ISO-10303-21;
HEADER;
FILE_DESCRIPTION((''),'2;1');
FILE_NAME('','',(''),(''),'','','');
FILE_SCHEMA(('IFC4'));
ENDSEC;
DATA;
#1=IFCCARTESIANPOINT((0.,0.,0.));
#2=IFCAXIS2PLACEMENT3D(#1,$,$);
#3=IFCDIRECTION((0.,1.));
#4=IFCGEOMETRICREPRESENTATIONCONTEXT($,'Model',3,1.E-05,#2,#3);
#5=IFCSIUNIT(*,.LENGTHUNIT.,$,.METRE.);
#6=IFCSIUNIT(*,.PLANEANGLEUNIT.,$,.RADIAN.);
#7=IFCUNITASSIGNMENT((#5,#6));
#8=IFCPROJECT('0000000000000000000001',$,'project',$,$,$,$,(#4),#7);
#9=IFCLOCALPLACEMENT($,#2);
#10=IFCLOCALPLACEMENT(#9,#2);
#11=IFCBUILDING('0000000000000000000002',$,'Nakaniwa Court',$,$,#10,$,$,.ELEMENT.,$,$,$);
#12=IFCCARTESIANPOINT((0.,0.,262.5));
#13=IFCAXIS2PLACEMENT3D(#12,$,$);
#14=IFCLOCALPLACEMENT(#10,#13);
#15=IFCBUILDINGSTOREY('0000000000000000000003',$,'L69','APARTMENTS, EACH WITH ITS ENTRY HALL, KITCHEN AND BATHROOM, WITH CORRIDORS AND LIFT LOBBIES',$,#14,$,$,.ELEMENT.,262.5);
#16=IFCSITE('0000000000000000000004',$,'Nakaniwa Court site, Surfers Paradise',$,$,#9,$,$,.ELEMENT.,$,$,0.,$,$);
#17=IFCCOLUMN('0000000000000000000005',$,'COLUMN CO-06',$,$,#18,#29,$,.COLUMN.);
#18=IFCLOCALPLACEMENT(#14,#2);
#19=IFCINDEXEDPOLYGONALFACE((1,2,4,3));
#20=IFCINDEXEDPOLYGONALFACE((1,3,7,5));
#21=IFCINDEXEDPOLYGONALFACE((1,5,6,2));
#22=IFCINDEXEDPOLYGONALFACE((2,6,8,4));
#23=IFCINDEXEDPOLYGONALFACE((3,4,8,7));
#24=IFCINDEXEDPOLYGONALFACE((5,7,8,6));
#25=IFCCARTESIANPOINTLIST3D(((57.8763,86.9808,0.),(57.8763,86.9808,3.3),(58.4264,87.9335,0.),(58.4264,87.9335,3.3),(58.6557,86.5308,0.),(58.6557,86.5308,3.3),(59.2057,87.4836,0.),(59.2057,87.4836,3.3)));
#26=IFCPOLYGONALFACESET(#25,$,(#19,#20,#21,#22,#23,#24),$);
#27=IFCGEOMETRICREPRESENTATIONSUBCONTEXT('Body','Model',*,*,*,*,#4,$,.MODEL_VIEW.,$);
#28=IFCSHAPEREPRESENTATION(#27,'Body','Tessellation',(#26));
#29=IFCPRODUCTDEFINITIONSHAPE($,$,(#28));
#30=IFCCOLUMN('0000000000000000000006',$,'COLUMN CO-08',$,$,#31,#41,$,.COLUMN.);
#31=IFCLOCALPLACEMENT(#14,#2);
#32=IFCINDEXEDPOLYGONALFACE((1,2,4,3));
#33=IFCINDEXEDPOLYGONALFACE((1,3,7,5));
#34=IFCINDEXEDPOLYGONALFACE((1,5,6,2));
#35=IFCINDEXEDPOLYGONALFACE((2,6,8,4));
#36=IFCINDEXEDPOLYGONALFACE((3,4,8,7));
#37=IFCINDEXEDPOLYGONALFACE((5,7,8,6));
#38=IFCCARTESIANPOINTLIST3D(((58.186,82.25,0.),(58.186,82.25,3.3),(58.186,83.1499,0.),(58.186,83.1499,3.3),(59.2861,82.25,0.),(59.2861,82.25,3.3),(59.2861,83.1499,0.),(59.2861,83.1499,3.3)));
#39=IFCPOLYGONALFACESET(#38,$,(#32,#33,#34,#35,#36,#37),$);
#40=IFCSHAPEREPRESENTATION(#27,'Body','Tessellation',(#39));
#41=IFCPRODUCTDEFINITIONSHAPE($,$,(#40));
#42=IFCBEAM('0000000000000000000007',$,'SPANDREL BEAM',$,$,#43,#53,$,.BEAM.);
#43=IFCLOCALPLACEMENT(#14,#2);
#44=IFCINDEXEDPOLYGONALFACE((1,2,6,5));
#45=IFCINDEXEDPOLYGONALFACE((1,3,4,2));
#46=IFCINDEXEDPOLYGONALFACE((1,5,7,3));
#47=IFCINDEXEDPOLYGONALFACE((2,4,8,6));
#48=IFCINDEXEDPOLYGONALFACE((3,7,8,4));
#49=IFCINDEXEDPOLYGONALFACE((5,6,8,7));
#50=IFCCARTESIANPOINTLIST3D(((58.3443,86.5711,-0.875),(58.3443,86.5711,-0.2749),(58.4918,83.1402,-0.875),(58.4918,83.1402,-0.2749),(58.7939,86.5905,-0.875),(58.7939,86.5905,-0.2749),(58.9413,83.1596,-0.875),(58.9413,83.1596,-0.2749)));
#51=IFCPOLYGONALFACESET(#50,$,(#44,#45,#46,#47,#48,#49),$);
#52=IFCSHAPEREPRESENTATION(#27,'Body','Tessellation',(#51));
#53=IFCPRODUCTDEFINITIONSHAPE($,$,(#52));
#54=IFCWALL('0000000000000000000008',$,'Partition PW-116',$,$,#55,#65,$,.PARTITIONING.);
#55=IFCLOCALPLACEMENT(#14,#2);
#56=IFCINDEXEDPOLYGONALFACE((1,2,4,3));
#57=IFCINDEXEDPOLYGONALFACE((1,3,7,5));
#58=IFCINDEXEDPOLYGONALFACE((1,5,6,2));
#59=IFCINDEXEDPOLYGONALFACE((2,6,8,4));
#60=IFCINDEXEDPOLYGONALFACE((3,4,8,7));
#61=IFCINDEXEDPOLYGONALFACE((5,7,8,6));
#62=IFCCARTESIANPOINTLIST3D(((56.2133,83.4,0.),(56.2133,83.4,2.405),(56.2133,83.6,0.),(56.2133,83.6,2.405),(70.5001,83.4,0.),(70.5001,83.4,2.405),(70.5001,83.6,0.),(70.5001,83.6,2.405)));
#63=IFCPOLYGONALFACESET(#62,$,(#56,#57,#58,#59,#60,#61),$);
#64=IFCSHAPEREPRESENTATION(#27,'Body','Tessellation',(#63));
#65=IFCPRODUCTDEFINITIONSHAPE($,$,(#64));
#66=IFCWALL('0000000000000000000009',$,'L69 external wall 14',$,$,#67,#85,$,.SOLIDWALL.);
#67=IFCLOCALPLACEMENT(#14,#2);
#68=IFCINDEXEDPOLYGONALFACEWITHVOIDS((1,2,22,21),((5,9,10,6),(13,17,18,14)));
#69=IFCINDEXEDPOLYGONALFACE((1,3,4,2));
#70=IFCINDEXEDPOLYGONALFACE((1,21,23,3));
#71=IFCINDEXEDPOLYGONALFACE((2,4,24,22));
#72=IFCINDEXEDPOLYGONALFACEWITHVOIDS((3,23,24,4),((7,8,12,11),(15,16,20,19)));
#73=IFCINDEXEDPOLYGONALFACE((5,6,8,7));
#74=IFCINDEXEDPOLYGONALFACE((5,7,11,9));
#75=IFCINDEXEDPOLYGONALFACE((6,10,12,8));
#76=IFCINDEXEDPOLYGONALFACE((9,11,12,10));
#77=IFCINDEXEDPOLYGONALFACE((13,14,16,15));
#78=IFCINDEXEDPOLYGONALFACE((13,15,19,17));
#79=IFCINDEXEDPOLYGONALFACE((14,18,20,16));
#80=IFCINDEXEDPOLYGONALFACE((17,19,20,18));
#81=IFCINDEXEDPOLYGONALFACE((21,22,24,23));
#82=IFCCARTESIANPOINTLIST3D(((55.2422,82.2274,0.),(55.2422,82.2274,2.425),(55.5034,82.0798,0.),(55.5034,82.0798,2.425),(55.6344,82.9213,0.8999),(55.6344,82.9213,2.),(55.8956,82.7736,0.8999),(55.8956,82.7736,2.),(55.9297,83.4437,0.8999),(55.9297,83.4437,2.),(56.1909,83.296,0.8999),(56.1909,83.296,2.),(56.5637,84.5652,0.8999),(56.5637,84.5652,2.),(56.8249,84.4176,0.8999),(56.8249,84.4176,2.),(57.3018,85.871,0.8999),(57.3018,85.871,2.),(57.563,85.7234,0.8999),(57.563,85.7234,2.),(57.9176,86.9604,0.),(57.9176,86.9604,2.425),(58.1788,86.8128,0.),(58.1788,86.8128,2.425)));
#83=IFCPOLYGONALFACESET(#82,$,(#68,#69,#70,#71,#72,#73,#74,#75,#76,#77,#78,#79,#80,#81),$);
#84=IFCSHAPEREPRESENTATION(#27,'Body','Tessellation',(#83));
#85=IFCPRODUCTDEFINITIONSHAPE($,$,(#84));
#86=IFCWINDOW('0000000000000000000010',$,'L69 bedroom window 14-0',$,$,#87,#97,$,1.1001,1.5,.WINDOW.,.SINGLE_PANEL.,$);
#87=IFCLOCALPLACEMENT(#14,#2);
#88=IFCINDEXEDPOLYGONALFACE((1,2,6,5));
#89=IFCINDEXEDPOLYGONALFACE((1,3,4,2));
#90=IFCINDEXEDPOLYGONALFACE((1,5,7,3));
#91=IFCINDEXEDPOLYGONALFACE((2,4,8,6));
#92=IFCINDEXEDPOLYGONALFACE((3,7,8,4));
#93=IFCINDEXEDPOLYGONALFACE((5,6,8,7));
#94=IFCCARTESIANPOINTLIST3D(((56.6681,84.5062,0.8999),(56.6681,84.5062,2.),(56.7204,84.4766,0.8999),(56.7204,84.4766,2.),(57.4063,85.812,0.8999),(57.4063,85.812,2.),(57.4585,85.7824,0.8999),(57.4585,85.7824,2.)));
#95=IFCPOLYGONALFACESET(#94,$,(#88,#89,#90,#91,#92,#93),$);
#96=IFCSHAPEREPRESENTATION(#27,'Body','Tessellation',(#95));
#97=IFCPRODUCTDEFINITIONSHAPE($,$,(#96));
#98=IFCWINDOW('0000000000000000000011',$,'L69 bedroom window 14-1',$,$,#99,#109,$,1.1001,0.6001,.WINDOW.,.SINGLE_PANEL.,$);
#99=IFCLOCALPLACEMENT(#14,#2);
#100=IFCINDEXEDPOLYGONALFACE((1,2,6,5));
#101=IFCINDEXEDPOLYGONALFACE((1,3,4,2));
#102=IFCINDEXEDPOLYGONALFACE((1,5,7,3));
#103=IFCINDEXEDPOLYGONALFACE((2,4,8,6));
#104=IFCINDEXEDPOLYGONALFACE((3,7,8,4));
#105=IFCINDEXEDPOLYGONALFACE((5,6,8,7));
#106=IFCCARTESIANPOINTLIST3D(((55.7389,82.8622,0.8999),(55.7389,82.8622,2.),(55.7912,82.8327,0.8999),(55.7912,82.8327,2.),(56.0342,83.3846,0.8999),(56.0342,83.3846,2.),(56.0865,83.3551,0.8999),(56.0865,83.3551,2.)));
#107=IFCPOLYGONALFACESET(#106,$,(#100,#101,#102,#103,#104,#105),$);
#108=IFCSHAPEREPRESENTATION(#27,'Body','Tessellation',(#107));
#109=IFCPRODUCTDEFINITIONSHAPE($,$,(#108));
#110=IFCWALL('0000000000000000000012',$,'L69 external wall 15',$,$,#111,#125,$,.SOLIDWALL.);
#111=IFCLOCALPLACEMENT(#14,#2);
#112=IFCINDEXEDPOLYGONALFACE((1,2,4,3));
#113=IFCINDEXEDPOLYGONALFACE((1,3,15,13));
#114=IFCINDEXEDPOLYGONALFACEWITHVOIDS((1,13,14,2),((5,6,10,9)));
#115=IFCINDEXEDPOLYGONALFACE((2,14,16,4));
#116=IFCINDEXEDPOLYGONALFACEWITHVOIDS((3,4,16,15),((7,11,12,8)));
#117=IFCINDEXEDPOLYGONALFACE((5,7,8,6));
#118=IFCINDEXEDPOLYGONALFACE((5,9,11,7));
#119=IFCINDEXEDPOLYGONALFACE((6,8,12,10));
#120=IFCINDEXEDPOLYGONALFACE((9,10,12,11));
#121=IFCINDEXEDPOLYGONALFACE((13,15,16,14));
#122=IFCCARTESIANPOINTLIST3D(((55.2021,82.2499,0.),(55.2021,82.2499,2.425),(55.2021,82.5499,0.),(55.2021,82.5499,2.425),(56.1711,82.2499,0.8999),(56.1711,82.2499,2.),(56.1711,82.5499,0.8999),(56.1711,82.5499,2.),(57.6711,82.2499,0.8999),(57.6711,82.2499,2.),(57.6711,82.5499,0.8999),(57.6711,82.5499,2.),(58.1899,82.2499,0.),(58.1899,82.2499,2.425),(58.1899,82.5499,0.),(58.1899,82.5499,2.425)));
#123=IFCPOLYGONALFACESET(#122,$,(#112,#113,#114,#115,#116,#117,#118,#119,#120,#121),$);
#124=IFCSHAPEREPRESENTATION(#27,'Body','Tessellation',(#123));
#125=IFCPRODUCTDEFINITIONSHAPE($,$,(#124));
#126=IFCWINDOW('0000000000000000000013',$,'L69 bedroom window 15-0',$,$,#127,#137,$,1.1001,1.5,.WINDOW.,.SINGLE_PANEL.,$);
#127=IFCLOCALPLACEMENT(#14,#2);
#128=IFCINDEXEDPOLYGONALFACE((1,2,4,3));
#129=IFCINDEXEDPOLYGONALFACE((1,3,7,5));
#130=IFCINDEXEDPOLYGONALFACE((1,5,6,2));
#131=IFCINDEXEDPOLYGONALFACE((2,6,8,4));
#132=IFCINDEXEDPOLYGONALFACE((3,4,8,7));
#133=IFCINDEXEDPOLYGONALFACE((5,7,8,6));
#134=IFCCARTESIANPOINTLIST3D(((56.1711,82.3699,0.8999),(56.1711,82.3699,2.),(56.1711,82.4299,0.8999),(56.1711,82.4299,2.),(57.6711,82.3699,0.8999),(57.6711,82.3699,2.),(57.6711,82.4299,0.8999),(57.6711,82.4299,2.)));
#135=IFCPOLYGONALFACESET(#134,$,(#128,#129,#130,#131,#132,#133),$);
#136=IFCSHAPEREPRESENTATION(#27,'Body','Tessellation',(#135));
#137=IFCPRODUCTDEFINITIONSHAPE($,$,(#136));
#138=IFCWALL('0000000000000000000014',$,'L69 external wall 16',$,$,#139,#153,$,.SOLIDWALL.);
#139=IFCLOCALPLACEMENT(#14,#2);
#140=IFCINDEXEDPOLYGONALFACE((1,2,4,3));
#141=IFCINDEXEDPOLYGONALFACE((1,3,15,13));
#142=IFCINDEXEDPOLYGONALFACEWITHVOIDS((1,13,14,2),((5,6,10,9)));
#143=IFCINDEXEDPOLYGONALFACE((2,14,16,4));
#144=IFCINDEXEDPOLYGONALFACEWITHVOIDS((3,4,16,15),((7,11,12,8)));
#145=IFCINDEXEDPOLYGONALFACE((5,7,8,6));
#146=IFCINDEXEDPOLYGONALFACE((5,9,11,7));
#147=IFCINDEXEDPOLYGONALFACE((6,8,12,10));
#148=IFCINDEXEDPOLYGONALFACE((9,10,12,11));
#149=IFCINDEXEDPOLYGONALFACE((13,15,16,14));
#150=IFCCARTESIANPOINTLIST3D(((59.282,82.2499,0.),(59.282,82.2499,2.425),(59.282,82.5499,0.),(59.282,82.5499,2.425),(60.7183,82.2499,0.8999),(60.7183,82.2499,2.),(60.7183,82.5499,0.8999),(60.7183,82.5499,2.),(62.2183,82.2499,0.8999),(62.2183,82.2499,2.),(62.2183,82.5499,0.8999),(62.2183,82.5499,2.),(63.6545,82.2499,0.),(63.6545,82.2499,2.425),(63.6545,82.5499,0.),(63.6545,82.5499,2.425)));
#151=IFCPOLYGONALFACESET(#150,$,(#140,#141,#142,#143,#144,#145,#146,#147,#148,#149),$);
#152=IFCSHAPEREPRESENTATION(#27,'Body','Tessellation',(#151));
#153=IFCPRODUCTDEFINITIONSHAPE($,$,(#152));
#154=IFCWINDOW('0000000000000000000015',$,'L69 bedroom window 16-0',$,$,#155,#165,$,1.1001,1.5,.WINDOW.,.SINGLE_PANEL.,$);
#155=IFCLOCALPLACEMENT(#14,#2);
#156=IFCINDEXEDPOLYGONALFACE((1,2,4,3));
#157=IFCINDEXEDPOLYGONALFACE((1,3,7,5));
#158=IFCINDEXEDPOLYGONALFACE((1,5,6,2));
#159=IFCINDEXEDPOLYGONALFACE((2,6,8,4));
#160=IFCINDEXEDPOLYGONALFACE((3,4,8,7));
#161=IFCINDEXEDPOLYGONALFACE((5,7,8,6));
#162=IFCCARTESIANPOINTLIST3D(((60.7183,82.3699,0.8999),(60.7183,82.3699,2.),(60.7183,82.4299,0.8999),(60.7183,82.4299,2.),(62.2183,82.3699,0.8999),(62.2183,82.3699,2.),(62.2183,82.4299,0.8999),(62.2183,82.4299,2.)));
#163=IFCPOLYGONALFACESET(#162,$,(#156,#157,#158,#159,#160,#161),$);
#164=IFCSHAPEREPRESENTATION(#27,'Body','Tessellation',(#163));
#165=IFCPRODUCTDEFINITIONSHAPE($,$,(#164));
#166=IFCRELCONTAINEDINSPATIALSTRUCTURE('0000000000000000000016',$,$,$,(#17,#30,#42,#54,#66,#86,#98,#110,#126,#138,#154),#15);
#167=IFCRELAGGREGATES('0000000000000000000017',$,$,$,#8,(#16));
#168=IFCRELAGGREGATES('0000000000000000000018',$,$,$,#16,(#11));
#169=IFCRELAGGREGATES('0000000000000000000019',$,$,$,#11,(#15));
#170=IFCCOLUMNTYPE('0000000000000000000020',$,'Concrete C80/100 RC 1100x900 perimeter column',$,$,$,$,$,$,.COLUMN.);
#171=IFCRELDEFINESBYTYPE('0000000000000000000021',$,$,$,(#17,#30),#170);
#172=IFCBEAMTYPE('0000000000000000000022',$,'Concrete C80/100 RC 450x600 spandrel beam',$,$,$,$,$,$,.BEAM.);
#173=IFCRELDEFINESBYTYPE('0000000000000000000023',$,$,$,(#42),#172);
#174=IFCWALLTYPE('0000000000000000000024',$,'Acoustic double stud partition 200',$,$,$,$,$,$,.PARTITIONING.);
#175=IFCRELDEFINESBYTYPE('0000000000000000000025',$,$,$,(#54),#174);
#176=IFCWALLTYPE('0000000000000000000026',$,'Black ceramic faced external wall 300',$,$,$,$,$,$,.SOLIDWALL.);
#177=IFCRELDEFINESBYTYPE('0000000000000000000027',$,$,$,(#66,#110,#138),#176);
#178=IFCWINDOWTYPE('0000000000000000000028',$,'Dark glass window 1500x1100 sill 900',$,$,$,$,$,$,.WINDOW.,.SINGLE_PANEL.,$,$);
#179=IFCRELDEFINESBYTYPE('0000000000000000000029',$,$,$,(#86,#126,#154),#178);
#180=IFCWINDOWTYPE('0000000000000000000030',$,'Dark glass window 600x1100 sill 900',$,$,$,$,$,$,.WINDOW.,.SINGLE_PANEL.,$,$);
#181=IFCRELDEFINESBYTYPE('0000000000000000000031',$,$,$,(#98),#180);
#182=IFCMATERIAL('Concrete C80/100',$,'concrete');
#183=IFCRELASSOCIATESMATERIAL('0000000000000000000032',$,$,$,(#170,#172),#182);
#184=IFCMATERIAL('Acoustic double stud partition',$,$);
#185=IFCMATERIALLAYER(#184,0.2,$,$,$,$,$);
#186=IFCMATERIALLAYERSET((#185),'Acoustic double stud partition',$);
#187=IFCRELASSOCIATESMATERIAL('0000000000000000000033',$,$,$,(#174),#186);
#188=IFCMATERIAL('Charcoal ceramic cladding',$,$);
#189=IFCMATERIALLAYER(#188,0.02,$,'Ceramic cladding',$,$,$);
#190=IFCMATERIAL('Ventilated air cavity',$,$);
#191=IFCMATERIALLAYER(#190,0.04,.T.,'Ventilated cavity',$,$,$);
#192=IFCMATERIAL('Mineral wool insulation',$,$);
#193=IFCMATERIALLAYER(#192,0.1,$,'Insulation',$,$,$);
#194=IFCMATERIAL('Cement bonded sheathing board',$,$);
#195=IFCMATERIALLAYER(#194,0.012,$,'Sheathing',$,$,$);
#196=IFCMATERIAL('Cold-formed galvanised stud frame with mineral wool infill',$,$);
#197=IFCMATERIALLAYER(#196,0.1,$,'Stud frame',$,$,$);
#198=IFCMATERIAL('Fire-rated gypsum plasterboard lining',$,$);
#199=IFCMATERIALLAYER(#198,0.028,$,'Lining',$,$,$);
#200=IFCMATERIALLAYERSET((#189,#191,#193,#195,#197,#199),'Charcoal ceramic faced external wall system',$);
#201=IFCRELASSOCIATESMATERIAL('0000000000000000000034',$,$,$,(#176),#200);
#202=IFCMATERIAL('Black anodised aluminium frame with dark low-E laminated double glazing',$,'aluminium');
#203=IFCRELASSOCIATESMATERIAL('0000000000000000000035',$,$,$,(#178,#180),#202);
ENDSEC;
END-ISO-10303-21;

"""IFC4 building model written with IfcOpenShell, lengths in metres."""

from ifc_helpers import new_model, si_unit, direction, frame, frame_2d, origin, origin_2d, place, context, subcontext, project, spatial, rectangle, extrude, material, layer, layer_set, material_profile, profile_set, type_object, element, fill, save


model = new_model("IFC4")

# Units and contexts
model_context = context("Model", 3, precision=1e-05, world=origin(), true_north=direction((0.0, 1.0)))
body_context = subcontext(model_context, "Body", "Model", "MODEL_VIEW")
ifc_project = project(units=[si_unit("LENGTHUNIT", "METRE"), si_unit("PLANEANGLEUNIT", "RADIAN")], contexts=[model_context])

# Site, building, storey
site_placement = place(None, origin())
site = spatial("IfcSite", under=ifc_project, at=site_placement, Name="Nakaniwa Court site, Surfers Paradise", CompositionType="ELEMENT", RefElevation=0.0)
building_placement = place(site_placement, origin())
building = spatial("IfcBuilding", under=site, at=building_placement, Name="Nakaniwa Court", CompositionType="ELEMENT")
storey_placement = place(building_placement, frame((0.0, 0.0, 262.5)))
storey = spatial("IfcBuildingStorey", under=building, at=storey_placement, Name="L69", Description="APARTMENTS, EACH WITH ITS ENTRY HALL, KITCHEN AND BATHROOM, WITH CORRIDORS AND LIFT LOBBIES", CompositionType="ELEMENT", Elevation=262.5)

# Columns
ifc_material_1 = material(Name="Concrete C80/100", Category="concrete")
ifc_material_profile_1 = material_profile(ifc_material_1, rectangle(XDim=1.1001, YDim=0.8999, at=origin_2d()), Name="Concrete C80/100 RC 1100x900 perimeter column")
ifc_profile_set_1 = profile_set([ifc_material_profile_1], Name="Concrete C80/100")
column_type = type_object("IfcColumnType", Name="Concrete C80/100 RC 1100x900 perimeter column", PredefinedType="COLUMN", material=ifc_profile_set_1)
for number, where, z_axis, x_axis, name in (
    (1, (58.541, 87.2322, 0.0), (0.0, 0.0, 1.0), (-0.5, -0.866025, 0.0), "COLUMN CO-06"),
    (2, (58.7361, 82.7, 0.0), (0.0, 0.0, 1.0), (1.0, 0.0, 0.0), "COLUMN CO-08"),
):
    element("IfcColumn", number, at=place(storey_placement, frame(where, z_axis=z_axis, x_axis=x_axis)), inside=storey, type_object=column_type, Name=name, PredefinedType="COLUMN", context=body_context, shape_type="SweptSolid", body=[
        extrude(rectangle(XDim=1.1001, YDim=0.8999, at=origin_2d()), origin(), (0.0, 0.0, 1.0), 3.3),
    ])

# Beam
ifc_material_profile_2 = material_profile(ifc_material_1, rectangle(XDim=0.45, YDim=0.6001, at=origin_2d()), Name="Concrete C80/100 RC 450x600 spandrel beam")
ifc_profile_set_2 = profile_set([ifc_material_profile_2], Name="Concrete C80/100")
beam_type = type_object("IfcBeamType", Name="Concrete C80/100 RC 450x600 spandrel beam", PredefinedType="BEAM", material=ifc_profile_set_2)
beam_placement = place(storey_placement, frame((58.5691, 86.5808, -0.575), z_axis=(0.042941, -0.999078, 0.0), x_axis=(0.999078, 0.042941, 0.0)))
element("IfcBeam", 3, at=beam_placement, inside=storey, type_object=beam_type, Name="SPANDREL BEAM", PredefinedType="BEAM", context=body_context, shape_type="SweptSolid", body=[
    extrude(rectangle(XDim=0.45, YDim=0.6001, at=origin_2d()), origin(), (0.0, 0.0, 1.0), 3.4341),
])

# Wall
ifc_material_2 = material(Name="Acoustic double stud partition")
ifc_layer_1 = layer(ifc_material_2, 0.2)
ifc_layer_set_1 = layer_set([ifc_layer_1], Name="Acoustic double stud partition")
wall_type_1 = type_object("IfcWallType", Name="Acoustic double stud partition 200", PredefinedType="PARTITIONING", material=ifc_layer_set_1)
wall_1_placement = place(storey_placement, frame((56.2131, 83.5, 0.0), z_axis=(0.0, 0.0, 1.0), x_axis=(1.0, 0.0, 0.0)))
element("IfcWall", 4, at=wall_1_placement, inside=storey, type_object=wall_type_1, Name="Partition PW-116", PredefinedType="PARTITIONING", context=body_context, shape_type="SweptSolid", body=[
    extrude(rectangle(XDim=14.2869, YDim=0.2, at=frame_2d((7.1436, 0.0))), origin(), (0.0, 0.0, 1.0), 2.405),
])

# Wall, openings, windows
ifc_material_3 = material(Name="Charcoal ceramic cladding")
ifc_layer_2 = layer(ifc_material_3, 0.02, Name="Ceramic cladding")
ifc_material_4 = material(Name="Ventilated air cavity")
ifc_layer_3 = layer(ifc_material_4, 0.04, ventilated=True, Name="Ventilated cavity")
ifc_material_5 = material(Name="Mineral wool insulation")
ifc_layer_4 = layer(ifc_material_5, 0.1, Name="Insulation")
ifc_material_6 = material(Name="Cement bonded sheathing board")
ifc_layer_5 = layer(ifc_material_6, 0.012, Name="Sheathing")
ifc_material_7 = material(Name="Cold-formed galvanised stud frame with mineral wool infill")
ifc_layer_6 = layer(ifc_material_7, 0.1, Name="Stud frame")
ifc_material_8 = material(Name="Fire-rated gypsum plasterboard lining")
ifc_layer_7 = layer(ifc_material_8, 0.028, Name="Lining")
ifc_layer_set_2 = layer_set([ifc_layer_2, ifc_layer_3, ifc_layer_4, ifc_layer_5, ifc_layer_6, ifc_layer_7], Name="Charcoal ceramic faced external wall system")
wall_type_2 = type_object("IfcWallType", Name="Black ceramic faced external wall 300", PredefinedType="SOLIDWALL", material=ifc_layer_set_2)
wall_2_placement = place(storey_placement, frame((58.0481, 86.8865, 0.0), z_axis=(0.0, 0.0, 1.0), x_axis=(-0.492081, -0.870549, 0.0)))
wall_2 = element("IfcWall", 5, at=wall_2_placement, inside=storey, type_object=wall_type_2, Name="L69 external wall 14", PredefinedType="SOLIDWALL", context=body_context, shape_type="SweptSolid", body=[
    extrude(rectangle(XDim=5.4368, YDim=0.3, at=frame_2d((2.7183, 0.0))), origin(), (0.0, 0.0, 1.0), 2.425),
])
opening_1_placement = place(wall_2_placement, frame((1.2512, 0.0, 0.8999)))
opening_1 = element("IfcOpeningElement", 6, at=opening_1_placement, cuts=wall_2, PredefinedType="OPENING", context=body_context, shape_type="SweptSolid", body=[
    extrude(rectangle(XDim=1.5, YDim=1.1001, at=frame_2d((0.75, 0.55))), frame((0.0, 0.1599, 0.0), z_axis=(0.0, -1.0, 0.0), x_axis=(1.0, 0.0, 0.0)), (0.0, 0.0, 1.0), 0.3201),
])
opening_2_placement = place(wall_2_placement, frame((4.0396, 0.0, 0.8999)))
opening_2 = element("IfcOpeningElement", 7, at=opening_2_placement, cuts=wall_2, PredefinedType="OPENING", context=body_context, shape_type="SweptSolid", body=[
    extrude(rectangle(XDim=0.6001, YDim=1.1001, at=frame_2d((0.3, 0.55))), frame((0.0, 0.1599, 0.0), z_axis=(0.0, -1.0, 0.0), x_axis=(1.0, 0.0, 0.0)), (0.0, 0.0, 1.0), 0.3201),
])
ifc_material_9 = material(Name="Black anodised aluminium frame with dark low-E laminated double glazing", Category="aluminium")
window_type_1 = type_object("IfcWindowType", Name="Dark glass window 1500x1100 sill 900", PartitioningType="SINGLE_PANEL", PredefinedType="WINDOW", material=ifc_material_9)
window_1_placement = place(opening_1_placement, origin())
window_1 = element("IfcWindow", 8, at=window_1_placement, inside=storey, type_object=window_type_1, Name="L69 bedroom window 14-0", OverallHeight=1.1001, OverallWidth=1.5, PartitioningType="SINGLE_PANEL", PredefinedType="WINDOW", context=body_context, shape_type="SweptSolid", body=[
    extrude(rectangle(XDim=1.5, YDim=1.1001, at=frame_2d((0.75, 0.55))), frame((0.0, 0.03, 0.0), z_axis=(0.0, -1.0, 0.0), x_axis=(1.0, 0.0, 0.0)), (0.0, 0.0, 1.0), 0.0601),
])
fill(opening_1, window_1)
window_type_2 = type_object("IfcWindowType", Name="Dark glass window 600x1100 sill 900", PartitioningType="SINGLE_PANEL", PredefinedType="WINDOW", material=ifc_material_9)
window_2_placement = place(opening_2_placement, origin())
window_2 = element("IfcWindow", 9, at=window_2_placement, inside=storey, type_object=window_type_2, Name="L69 bedroom window 14-1", OverallHeight=1.1001, OverallWidth=0.6001, PartitioningType="SINGLE_PANEL", PredefinedType="WINDOW", context=body_context, shape_type="SweptSolid", body=[
    extrude(rectangle(XDim=0.6001, YDim=1.1001, at=frame_2d((0.3, 0.55))), frame((0.0, 0.03, 0.0), z_axis=(0.0, -1.0, 0.0), x_axis=(1.0, 0.0, 0.0)), (0.0, 0.0, 1.0), 0.0601),
])
fill(opening_2, window_2)

# Walls, openings, windows
wall_3_placement = place(storey_placement, frame((55.2021, 82.3999, 0.0), z_axis=(0.0, 0.0, 1.0), x_axis=(1.0, 0.0, 0.0)))
wall_3 = element("IfcWall", 10, at=wall_3_placement, inside=storey, type_object=wall_type_2, Name="L69 external wall 15", PredefinedType="SOLIDWALL", context=body_context, shape_type="SweptSolid", body=[
    extrude(rectangle(XDim=2.9878, YDim=0.3, at=frame_2d((1.4939, 0.0))), origin(), (0.0, 0.0, 1.0), 2.425),
])
opening_3_placement = place(wall_3_placement, frame((0.969, 0.0, 0.8999)))
opening_3 = element("IfcOpeningElement", 11, at=opening_3_placement, cuts=wall_3, PredefinedType="OPENING", context=body_context, shape_type="SweptSolid", body=[
    extrude(rectangle(XDim=1.5, YDim=1.1001, at=frame_2d((0.75, 0.55))), frame((0.0, 0.1599, 0.0), z_axis=(0.0, -1.0, 0.0), x_axis=(1.0, 0.0, 0.0)), (0.0, 0.0, 1.0), 0.3201),
])
window_3_placement = place(opening_3_placement, origin())
window_3 = element("IfcWindow", 12, at=window_3_placement, inside=storey, type_object=window_type_1, Name="L69 bedroom window 15-0", OverallHeight=1.1001, OverallWidth=1.5, PartitioningType="SINGLE_PANEL", PredefinedType="WINDOW", context=body_context, shape_type="SweptSolid", body=[
    extrude(rectangle(XDim=1.5, YDim=1.1001, at=frame_2d((0.75, 0.55))), frame((0.0, 0.03, 0.0), z_axis=(0.0, -1.0, 0.0), x_axis=(1.0, 0.0, 0.0)), (0.0, 0.0, 1.0), 0.0601),
])
fill(opening_3, window_3)
wall_4_placement = place(storey_placement, frame((59.282, 82.3999, 0.0), z_axis=(0.0, 0.0, 1.0), x_axis=(1.0, 0.0, 0.0)))
wall_4 = element("IfcWall", 13, at=wall_4_placement, inside=storey, type_object=wall_type_2, Name="L69 external wall 16", PredefinedType="SOLIDWALL", context=body_context, shape_type="SweptSolid", body=[
    extrude(rectangle(XDim=4.3726, YDim=0.3, at=frame_2d((2.1863, 0.0))), origin(), (0.0, 0.0, 1.0), 2.425),
])
opening_4_placement = place(wall_4_placement, frame((1.4363, 0.0, 0.8999)))
opening_4 = element("IfcOpeningElement", 14, at=opening_4_placement, cuts=wall_4, PredefinedType="OPENING", context=body_context, shape_type="SweptSolid", body=[
    extrude(rectangle(XDim=1.5, YDim=1.1001, at=frame_2d((0.75, 0.55))), frame((0.0, 0.1599, 0.0), z_axis=(0.0, -1.0, 0.0), x_axis=(1.0, 0.0, 0.0)), (0.0, 0.0, 1.0), 0.3201),
])
window_4_placement = place(opening_4_placement, origin())
window_4 = element("IfcWindow", 15, at=window_4_placement, inside=storey, type_object=window_type_1, Name="L69 bedroom window 16-0", OverallHeight=1.1001, OverallWidth=1.5, PartitioningType="SINGLE_PANEL", PredefinedType="WINDOW", context=body_context, shape_type="SweptSolid", body=[
    extrude(rectangle(XDim=1.5, YDim=1.1001, at=frame_2d((0.75, 0.55))), frame((0.0, 0.03, 0.0), z_axis=(0.0, -1.0, 0.0), x_axis=(1.0, 0.0, 0.0)), (0.0, 0.0, 1.0), 0.0601),
])
fill(opening_4, window_4)

save(model, "model.ifc")
